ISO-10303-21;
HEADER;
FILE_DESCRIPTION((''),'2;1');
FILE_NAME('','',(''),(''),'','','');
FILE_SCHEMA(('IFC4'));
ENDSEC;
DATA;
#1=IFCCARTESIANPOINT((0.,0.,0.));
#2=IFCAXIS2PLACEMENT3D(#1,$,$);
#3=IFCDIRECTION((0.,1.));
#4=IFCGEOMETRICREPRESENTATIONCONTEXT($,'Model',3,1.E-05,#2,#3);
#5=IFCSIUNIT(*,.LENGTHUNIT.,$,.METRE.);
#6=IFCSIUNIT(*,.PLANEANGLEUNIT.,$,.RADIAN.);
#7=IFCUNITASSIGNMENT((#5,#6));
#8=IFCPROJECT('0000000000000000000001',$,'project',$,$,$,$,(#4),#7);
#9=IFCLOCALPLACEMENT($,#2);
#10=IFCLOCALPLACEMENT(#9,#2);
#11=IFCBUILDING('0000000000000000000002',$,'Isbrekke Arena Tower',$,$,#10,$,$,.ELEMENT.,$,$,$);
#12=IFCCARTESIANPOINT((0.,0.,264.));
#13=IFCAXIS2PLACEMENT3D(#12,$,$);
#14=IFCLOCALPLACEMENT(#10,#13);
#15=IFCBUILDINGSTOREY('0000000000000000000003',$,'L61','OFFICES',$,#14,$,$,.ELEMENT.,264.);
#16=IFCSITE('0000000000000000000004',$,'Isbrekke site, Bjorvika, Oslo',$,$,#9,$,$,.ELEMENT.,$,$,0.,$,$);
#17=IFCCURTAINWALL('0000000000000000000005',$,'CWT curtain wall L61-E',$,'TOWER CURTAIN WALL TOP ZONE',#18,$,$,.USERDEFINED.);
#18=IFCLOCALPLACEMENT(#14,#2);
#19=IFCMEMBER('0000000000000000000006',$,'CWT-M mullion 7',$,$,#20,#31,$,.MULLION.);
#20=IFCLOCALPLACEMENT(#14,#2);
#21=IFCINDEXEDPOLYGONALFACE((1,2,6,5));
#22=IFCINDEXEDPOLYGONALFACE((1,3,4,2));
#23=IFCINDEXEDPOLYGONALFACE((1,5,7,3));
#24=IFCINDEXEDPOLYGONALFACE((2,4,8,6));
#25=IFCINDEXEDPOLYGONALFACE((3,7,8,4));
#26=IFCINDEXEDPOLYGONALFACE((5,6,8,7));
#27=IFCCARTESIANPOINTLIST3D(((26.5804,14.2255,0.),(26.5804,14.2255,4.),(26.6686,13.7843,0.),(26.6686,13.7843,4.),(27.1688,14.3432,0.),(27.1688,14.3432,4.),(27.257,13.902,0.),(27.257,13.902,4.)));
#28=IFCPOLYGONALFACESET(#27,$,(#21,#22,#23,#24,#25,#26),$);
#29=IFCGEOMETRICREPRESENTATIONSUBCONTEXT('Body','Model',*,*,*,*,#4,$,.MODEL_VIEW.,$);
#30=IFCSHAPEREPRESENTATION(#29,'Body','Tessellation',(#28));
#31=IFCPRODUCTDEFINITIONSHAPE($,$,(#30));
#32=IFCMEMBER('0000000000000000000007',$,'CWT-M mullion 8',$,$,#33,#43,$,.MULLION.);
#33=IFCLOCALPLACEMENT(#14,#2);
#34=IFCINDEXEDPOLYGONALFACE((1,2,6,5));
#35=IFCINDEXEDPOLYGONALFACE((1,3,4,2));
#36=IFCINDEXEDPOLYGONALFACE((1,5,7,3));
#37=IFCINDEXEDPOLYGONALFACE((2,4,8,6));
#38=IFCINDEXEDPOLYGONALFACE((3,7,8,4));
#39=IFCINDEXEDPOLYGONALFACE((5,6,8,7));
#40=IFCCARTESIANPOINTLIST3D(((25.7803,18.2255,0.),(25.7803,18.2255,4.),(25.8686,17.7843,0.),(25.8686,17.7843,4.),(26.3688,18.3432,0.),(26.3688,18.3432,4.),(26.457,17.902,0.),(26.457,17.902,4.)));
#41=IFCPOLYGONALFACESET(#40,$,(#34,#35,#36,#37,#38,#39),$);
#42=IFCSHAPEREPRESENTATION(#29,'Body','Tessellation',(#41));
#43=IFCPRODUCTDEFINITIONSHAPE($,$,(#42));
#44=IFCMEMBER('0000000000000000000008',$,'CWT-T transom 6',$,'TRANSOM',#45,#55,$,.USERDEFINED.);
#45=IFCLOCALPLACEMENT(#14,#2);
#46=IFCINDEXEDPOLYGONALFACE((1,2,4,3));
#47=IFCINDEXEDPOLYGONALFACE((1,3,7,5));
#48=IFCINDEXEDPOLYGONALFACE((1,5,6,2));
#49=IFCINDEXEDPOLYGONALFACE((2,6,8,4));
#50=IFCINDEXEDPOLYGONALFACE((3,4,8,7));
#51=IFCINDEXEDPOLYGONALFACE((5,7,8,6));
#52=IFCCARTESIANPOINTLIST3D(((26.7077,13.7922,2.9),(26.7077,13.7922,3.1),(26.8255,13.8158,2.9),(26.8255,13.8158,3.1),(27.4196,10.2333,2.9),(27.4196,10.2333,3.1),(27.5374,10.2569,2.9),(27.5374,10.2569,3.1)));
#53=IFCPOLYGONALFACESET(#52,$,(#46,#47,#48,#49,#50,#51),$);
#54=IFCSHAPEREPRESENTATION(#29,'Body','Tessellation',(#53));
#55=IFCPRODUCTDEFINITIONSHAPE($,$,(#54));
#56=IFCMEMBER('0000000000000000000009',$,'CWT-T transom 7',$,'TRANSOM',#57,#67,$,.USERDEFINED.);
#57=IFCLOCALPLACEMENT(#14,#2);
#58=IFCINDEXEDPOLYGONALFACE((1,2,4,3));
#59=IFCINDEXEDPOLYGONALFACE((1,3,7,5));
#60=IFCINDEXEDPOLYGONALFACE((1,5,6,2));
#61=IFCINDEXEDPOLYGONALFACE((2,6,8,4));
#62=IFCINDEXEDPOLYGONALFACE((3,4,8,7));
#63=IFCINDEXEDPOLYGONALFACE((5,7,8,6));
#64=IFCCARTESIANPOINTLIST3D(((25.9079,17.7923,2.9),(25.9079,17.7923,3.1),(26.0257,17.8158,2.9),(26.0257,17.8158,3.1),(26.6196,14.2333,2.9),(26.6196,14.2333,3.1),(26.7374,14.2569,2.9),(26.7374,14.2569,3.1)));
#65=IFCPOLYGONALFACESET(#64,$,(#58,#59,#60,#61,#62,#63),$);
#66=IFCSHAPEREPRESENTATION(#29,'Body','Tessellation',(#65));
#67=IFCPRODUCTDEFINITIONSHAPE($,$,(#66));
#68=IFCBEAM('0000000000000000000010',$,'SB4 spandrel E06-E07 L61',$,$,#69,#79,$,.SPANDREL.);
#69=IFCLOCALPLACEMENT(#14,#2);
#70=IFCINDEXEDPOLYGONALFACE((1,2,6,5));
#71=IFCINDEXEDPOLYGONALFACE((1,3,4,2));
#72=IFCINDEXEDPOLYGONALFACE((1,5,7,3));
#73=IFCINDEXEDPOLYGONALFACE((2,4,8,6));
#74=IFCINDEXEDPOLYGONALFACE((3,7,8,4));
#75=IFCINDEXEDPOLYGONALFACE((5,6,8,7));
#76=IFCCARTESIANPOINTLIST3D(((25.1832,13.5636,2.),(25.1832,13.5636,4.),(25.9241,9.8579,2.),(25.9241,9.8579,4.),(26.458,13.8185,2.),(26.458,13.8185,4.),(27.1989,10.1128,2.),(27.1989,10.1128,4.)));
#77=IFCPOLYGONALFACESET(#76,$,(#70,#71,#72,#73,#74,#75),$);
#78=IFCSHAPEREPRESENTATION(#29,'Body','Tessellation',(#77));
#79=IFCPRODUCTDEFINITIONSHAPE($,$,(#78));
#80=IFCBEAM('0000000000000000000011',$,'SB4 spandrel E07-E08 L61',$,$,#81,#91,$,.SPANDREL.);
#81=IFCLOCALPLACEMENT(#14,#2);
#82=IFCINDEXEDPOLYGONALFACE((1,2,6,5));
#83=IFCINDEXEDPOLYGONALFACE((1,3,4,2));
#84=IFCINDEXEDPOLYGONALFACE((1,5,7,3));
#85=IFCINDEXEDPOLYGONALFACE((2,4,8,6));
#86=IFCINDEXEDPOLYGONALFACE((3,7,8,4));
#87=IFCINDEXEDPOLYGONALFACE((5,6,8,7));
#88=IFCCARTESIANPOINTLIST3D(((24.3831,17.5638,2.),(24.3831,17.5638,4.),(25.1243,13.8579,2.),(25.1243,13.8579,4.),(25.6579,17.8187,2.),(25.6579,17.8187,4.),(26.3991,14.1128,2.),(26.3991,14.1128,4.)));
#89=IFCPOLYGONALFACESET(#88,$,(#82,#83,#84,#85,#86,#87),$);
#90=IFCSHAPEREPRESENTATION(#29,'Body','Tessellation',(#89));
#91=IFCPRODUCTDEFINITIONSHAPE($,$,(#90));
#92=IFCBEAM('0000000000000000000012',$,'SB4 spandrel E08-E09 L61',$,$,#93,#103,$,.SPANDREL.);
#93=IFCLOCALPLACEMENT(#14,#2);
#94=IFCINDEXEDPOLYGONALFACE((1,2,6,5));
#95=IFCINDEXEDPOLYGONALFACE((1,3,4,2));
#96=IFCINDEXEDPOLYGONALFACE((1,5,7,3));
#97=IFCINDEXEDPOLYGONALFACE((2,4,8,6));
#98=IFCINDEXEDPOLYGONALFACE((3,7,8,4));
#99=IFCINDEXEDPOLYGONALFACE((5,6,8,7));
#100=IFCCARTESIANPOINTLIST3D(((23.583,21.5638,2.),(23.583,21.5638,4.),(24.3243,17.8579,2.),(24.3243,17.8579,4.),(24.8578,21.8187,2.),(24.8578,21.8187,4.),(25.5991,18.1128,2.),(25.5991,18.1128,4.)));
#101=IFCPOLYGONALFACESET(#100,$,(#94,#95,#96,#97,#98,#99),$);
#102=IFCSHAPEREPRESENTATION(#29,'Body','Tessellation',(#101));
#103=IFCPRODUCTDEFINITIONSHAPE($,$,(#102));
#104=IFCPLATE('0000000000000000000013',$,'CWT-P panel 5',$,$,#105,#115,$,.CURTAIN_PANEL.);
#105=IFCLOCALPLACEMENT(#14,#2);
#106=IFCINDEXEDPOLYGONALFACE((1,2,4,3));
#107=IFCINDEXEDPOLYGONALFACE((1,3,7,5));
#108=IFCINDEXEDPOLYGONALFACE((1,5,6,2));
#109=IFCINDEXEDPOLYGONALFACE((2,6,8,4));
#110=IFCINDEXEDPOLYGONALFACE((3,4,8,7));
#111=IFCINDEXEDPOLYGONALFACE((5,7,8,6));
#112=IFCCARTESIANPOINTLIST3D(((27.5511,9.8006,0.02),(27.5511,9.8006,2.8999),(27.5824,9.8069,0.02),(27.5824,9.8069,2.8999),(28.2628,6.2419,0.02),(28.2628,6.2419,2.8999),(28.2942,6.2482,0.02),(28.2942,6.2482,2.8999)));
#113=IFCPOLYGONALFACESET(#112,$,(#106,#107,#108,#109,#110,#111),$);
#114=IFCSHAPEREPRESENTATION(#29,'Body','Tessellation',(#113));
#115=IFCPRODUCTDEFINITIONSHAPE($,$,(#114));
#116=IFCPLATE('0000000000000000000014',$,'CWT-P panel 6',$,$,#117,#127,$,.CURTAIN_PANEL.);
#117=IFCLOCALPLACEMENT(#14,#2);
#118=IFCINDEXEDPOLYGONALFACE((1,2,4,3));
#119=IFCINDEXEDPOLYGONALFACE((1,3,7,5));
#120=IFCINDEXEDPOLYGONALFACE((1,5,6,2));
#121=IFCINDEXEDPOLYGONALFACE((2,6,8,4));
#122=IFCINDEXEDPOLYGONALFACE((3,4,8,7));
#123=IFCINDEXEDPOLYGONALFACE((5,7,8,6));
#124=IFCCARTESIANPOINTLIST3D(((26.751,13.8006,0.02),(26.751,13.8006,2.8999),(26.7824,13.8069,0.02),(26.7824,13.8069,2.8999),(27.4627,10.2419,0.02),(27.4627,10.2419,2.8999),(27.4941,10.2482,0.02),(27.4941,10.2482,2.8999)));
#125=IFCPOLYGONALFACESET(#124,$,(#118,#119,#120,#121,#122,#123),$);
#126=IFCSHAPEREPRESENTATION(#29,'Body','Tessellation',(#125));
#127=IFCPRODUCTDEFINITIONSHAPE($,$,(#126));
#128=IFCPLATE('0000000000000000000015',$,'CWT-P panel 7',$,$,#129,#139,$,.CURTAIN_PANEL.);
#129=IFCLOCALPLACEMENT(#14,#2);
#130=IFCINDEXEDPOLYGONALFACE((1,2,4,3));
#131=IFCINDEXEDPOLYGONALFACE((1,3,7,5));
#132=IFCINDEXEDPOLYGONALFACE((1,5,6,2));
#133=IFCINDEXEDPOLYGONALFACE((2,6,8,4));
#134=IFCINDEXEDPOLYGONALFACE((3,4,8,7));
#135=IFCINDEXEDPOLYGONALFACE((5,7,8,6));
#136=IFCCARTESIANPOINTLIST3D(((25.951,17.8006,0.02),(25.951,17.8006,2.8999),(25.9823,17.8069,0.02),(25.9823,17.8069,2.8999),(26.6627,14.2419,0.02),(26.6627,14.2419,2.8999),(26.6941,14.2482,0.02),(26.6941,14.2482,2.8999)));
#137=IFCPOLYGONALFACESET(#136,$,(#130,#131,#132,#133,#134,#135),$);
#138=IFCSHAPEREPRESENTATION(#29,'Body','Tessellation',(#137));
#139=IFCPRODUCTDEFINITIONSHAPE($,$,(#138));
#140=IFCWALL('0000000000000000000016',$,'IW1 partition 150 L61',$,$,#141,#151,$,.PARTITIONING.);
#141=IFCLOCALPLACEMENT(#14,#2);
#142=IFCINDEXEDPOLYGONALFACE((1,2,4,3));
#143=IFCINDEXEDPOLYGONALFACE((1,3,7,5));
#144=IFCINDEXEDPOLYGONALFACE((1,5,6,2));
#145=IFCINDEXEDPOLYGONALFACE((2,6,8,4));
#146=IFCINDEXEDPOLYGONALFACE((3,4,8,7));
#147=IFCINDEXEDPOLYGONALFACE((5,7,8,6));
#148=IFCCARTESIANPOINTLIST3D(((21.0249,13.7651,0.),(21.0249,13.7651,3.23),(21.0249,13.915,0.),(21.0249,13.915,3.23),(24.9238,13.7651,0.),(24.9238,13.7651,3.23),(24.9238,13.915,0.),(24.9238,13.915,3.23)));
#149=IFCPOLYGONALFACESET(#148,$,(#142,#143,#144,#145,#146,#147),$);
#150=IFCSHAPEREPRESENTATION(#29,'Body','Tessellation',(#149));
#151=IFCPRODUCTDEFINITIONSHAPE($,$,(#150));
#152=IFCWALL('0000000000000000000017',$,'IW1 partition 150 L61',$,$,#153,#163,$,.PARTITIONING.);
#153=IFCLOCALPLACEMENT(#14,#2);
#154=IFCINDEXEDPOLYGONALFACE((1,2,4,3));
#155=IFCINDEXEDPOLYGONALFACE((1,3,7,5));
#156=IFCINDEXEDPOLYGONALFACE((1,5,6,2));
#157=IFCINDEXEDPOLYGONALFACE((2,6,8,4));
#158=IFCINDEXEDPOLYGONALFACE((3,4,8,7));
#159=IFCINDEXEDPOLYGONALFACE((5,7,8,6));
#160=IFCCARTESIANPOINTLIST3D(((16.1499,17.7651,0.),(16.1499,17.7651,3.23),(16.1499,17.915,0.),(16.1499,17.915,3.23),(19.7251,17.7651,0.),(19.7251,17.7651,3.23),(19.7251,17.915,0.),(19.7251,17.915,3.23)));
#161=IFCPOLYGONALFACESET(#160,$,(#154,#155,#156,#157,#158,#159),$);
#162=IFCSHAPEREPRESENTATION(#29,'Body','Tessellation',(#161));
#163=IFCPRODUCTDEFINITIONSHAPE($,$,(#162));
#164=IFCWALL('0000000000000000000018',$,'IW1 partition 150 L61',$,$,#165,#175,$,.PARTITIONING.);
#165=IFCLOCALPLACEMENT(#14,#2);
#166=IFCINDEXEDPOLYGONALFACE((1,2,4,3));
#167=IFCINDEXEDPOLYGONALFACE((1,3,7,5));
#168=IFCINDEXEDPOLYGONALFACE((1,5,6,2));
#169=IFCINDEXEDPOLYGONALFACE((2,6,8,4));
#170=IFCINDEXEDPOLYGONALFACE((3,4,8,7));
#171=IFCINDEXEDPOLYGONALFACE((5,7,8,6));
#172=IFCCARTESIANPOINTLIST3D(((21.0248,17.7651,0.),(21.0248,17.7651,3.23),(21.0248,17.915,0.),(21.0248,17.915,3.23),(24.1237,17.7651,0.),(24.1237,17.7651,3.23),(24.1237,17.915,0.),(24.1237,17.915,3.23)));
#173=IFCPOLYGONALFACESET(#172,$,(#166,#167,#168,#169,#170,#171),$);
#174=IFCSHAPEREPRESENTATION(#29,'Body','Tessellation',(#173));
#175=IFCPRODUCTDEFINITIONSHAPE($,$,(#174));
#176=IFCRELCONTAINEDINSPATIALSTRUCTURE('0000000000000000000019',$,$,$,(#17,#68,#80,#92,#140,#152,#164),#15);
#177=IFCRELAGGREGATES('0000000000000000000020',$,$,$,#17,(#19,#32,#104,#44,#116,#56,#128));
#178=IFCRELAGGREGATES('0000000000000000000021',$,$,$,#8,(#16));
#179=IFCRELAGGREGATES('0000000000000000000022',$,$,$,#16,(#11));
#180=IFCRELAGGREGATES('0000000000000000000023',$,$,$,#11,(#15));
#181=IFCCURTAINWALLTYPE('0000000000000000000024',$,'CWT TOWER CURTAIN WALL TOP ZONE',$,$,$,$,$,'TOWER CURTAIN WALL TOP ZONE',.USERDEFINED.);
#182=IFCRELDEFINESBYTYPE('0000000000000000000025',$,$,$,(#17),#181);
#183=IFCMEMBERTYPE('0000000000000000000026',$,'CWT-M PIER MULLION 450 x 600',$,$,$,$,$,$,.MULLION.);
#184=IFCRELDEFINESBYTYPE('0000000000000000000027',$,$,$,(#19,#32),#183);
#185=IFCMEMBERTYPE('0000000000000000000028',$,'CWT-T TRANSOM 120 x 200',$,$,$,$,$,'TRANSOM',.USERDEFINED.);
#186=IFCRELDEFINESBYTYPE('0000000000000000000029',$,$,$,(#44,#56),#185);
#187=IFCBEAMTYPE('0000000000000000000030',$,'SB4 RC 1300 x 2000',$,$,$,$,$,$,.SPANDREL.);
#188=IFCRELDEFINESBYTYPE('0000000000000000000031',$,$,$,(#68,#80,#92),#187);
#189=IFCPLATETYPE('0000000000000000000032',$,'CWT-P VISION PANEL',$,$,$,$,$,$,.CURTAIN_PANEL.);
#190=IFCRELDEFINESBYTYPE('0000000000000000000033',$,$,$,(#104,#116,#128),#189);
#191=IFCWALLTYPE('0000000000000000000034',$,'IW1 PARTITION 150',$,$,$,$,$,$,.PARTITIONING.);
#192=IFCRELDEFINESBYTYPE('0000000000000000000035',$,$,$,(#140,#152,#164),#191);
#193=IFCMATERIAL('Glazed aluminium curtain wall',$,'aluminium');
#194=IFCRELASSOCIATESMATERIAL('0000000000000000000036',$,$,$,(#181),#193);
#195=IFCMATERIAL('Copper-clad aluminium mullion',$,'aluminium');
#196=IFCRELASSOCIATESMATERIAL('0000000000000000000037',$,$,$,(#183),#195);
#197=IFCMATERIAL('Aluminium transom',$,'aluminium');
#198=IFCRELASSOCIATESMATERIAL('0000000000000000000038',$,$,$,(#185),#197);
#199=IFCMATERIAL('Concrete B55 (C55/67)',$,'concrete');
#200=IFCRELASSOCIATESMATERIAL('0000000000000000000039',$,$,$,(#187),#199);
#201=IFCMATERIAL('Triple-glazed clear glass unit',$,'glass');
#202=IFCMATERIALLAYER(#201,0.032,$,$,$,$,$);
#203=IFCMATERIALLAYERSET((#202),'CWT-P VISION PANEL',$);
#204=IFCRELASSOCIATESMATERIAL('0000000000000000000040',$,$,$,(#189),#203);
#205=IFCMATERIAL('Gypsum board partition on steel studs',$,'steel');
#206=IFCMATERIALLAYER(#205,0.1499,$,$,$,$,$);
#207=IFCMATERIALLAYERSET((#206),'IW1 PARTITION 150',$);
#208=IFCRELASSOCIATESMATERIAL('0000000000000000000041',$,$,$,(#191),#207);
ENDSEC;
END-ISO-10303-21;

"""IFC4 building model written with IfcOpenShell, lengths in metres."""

from ifc_helpers import new_model, si_unit, direction, frame, frame_2d, origin, origin_2d, place, context, subcontext, project, spatial, rectangle, extrude, material, layer, layer_set, material_profile, profile_set, type_object, element, aggregate, save


model = new_model("IFC4")

# Units and contexts
model_context = context("Model", 3, precision=1e-05, world=origin(), true_north=direction((0.0, 1.0)))
body_context = subcontext(model_context, "Body", "Model", "MODEL_VIEW")
ifc_project = project(units=[si_unit("LENGTHUNIT", "METRE"), si_unit("PLANEANGLEUNIT", "RADIAN")], contexts=[model_context])

# Site, building, storey
site_placement = place(None, origin())
site = spatial("IfcSite", under=ifc_project, at=site_placement, Name="Isbrekke site, Bjorvika, Oslo", CompositionType="ELEMENT", RefElevation=0.0)
building_placement = place(site_placement, origin())
building = spatial("IfcBuilding", under=site, at=building_placement, Name="Isbrekke Arena Tower", CompositionType="ELEMENT")
storey_placement = place(building_placement, frame((0.0, 0.0, 264.0)))
storey = spatial("IfcBuildingStorey", under=building, at=storey_placement, Name="L61", Description="OFFICES", CompositionType="ELEMENT", Elevation=264.0)

# Curtain wall, members
ifc_material_1 = material(Name="Glazed aluminium curtain wall", Category="aluminium")
curtain_wall_type = type_object("IfcCurtainWallType", Name="CWT TOWER CURTAIN WALL TOP ZONE", ElementType="TOWER CURTAIN WALL TOP ZONE", PredefinedType="USERDEFINED", material=ifc_material_1)
curtain_wall_placement = place(storey_placement, origin())
curtain_wall = element("IfcCurtainWall", 1, at=curtain_wall_placement, inside=storey, type_object=curtain_wall_type, Name="CWT curtain wall L61-E", ObjectType="TOWER CURTAIN WALL TOP ZONE", PredefinedType="USERDEFINED")
ifc_material_2 = material(Name="Copper-clad aluminium mullion", Category="aluminium")
ifc_material_profile_1 = material_profile(ifc_material_2, rectangle(XDim=0.45, YDim=0.6001, at=origin_2d()), Name="PIER 450X600")
ifc_profile_set_1 = profile_set([ifc_material_profile_1], Name="Copper-clad aluminium mullion")
member_type_1 = type_object("IfcMemberType", Name="CWT-M PIER MULLION 450 x 600", PredefinedType="MULLION", material=ifc_profile_set_1)
member_1_placement = place(storey_placement, frame((26.9187, 14.0637, 0.0), z_axis=(0.0, 0.0, 1.0), x_axis=(-0.196116, 0.980581, 0.0)))
member_1 = element("IfcMember", 2, at=member_1_placement, type_object=member_type_1, Name="CWT-M mullion 7", PredefinedType="MULLION", context=body_context, shape_type="SweptSolid", body=[
    extrude(rectangle(XDim=0.45, YDim=0.6001, at=origin_2d()), origin(), (0.0, 0.0, 1.0), 4.0),
])
member_2_placement = place(storey_placement, frame((26.1187, 18.0637, 0.0), z_axis=(0.0, 0.0, 1.0), x_axis=(-0.196116, 0.980581, 0.0)))
member_2 = element("IfcMember", 3, at=member_2_placement, type_object=member_type_1, Name="CWT-M mullion 8", PredefinedType="MULLION", context=body_context, shape_type="SweptSolid", body=[
    extrude(rectangle(XDim=0.45, YDim=0.6001, at=origin_2d()), origin(), (0.0, 0.0, 1.0), 4.0),
])
ifc_material_3 = material(Name="Aluminium transom", Category="aluminium")
ifc_material_profile_2 = material_profile(ifc_material_3, rectangle(XDim=0.1201, YDim=0.2, at=origin_2d()), Name="TRANSOM 120X200")
ifc_profile_set_2 = profile_set([ifc_material_profile_2], Name="Aluminium transom")
member_type_2 = type_object("IfcMemberType", Name="CWT-T TRANSOM 120 x 200", ElementType="TRANSOM", PredefinedType="USERDEFINED", material=ifc_profile_set_2)
member_3_placement = place(storey_placement, frame((27.4785, 10.2451, 3.0), z_axis=(-0.196155, 0.980573, 0.0), x_axis=(-0.980573, -0.196155, 0.0)))
member_3 = element("IfcMember", 4, at=member_3_placement, type_object=member_type_2, Name="CWT-T transom 6", ObjectType="TRANSOM", PredefinedType="USERDEFINED", context=body_context, shape_type="SweptSolid", body=[
    extrude(rectangle(XDim=0.1201, YDim=0.2, at=origin_2d()), origin(), (0.0, 0.0, 1.0), 3.6294),
])
member_4_placement = place(storey_placement, frame((26.6785, 14.2451, 3.0), z_axis=(-0.19609, 0.980586, 0.0), x_axis=(-0.980586, -0.19609, 0.0)))
member_4 = element("IfcMember", 5, at=member_4_placement, type_object=member_type_2, Name="CWT-T transom 7", ObjectType="TRANSOM", PredefinedType="USERDEFINED", context=body_context, shape_type="SweptSolid", body=[
    extrude(rectangle(XDim=0.1201, YDim=0.2, at=origin_2d()), origin(), (0.0, 0.0, 1.0), 3.6294),
])

# Beams
ifc_material_4 = material(Name="Concrete B55 (C55/67)", Category="concrete")
ifc_material_profile_3 = material_profile(ifc_material_4, rectangle(XDim=1.3, YDim=2.0, at=origin_2d()), Name="RC 1300x2000")
ifc_profile_set_3 = profile_set([ifc_material_profile_3], Name="Concrete B55 (C55/67)")
beam_type_1 = type_object("IfcBeamType", Name="SB4 RC 1300 x 2000", PredefinedType="SPANDREL", material=ifc_profile_set_3)
beam_1_placement = place(storey_placement, frame((26.5615, 9.9854, 3.0), z_axis=(-0.196066, 0.980591, 0.0), x_axis=(-0.980591, -0.196066, 0.0)))
element("IfcBeam", 6, at=beam_1_placement, inside=storey, type_object=beam_type_1, Name="SB4 spandrel E06-E07 L61", PredefinedType="SPANDREL", context=body_context, shape_type="SweptSolid", body=[
    extrude(rectangle(XDim=1.3, YDim=2.0, at=origin_2d()), origin(), (0.0, 0.0, 1.0), 3.7791),
])
for number, where, z_axis, x_axis, name in (
    (7, (25.7617, 13.9854, 3.0), (-0.196129, 0.980578, 0.0), (-0.980578, -0.196129, 0.0), "SB4 spandrel E07-E08 L61"),
    (8, (24.9617, 17.9854, 3.0), (-0.196129, 0.980578, 0.0), (-0.980578, -0.196129, 0.0), "SB4 spandrel E08-E09 L61"),
):
    element("IfcBeam", number, at=place(storey_placement, frame(where, z_axis=z_axis, x_axis=x_axis)), inside=storey, type_object=beam_type_1, Name=name, PredefinedType="SPANDREL", context=body_context, shape_type="SweptSolid", body=[
        extrude(rectangle(XDim=1.3, YDim=2.0, at=origin_2d()), origin(), (0.0, 0.0, 1.0), 3.7793),
    ])

# Plates
ifc_material_5 = material(Name="Triple-glazed clear glass unit", Category="glass")
ifc_layer_1 = layer(ifc_material_5, 0.032)
ifc_layer_set_1 = layer_set([ifc_layer_1], Name="CWT-P VISION PANEL")
plate_type = type_object("IfcPlateType", Name="CWT-P VISION PANEL", PredefinedType="CURTAIN_PANEL", material=ifc_layer_set_1)
plate_1_placement = place(storey_placement, frame((27.9226, 8.0244, 0.02), z_axis=(0.0, 0.0, 1.0), x_axis=(-0.196116, 0.980581, 0.0)))
plate_1 = element("IfcPlate", 9, at=plate_1_placement, type_object=plate_type, Name="CWT-P panel 5", PredefinedType="CURTAIN_PANEL", context=body_context, shape_type="SweptSolid", body=[
    extrude(rectangle(XDim=3.6292, YDim=0.032, at=origin_2d()), origin(), (0.0, 0.0, 1.0), 2.8799),
])
plate_2_placement = place(storey_placement, frame((27.1226, 12.0244, 0.02), z_axis=(0.0, 0.0, 1.0), x_axis=(-0.196116, 0.980581, 0.0)))
plate_2 = element("IfcPlate", 10, at=plate_2_placement, type_object=plate_type, Name="CWT-P panel 6", PredefinedType="CURTAIN_PANEL", context=body_context, shape_type="SweptSolid", body=[
    extrude(rectangle(XDim=3.6292, YDim=0.032, at=origin_2d()), origin(), (0.0, 0.0, 1.0), 2.8799),
])
plate_3_placement = place(storey_placement, frame((26.3225, 16.0244, 0.02), z_axis=(0.0, 0.0, 1.0), x_axis=(-0.196116, 0.980581, 0.0)))
plate_3 = element("IfcPlate", 11, at=plate_3_placement, type_object=plate_type, Name="CWT-P panel 7", PredefinedType="CURTAIN_PANEL", context=body_context, shape_type="SweptSolid", body=[
    extrude(rectangle(XDim=3.6292, YDim=0.032, at=origin_2d()), origin(), (0.0, 0.0, 1.0), 2.8799),
])
aggregate(curtain_wall, [member_1, member_2, plate_1, member_3, plate_2, member_4, plate_3])

# Walls
ifc_material_6 = material(Name="Gypsum board partition on steel studs", Category="steel")
ifc_layer_2 = layer(ifc_material_6, 0.1499)
ifc_layer_set_2 = layer_set([ifc_layer_2], Name="IW1 PARTITION 150")
wall_type_1 = type_object("IfcWallType", Name="IW1 PARTITION 150", PredefinedType="PARTITIONING", material=ifc_layer_set_2)
wall_1_placement = place(storey_placement, frame((21.0249, 13.8401, 0.0), z_axis=(0.0, 0.0, 1.0), x_axis=(1.0, 0.0, 0.0)))
element("IfcWall", 12, at=wall_1_placement, inside=storey, type_object=wall_type_1, Name="IW1 partition 150 L61", PredefinedType="PARTITIONING", context=body_context, shape_type="SweptSolid", body=[
    extrude(rectangle(XDim=3.8989, YDim=0.1499, at=frame_2d((1.9495, 0.0))), origin(), (0.0, 0.0, 1.0), 3.23),
])
wall_2_placement = place(storey_placement, frame((16.1499, 17.8401, 0.0), z_axis=(0.0, 0.0, 1.0), x_axis=(1.0, 0.0, 0.0)))
element("IfcWall", 13, at=wall_2_placement, inside=storey, type_object=wall_type_1, Name="IW1 partition 150 L61", PredefinedType="PARTITIONING", context=body_context, shape_type="SweptSolid", body=[
    extrude(rectangle(XDim=3.5752, YDim=0.1499, at=frame_2d((1.7876, 0.0))), origin(), (0.0, 0.0, 1.0), 3.23),
])
wall_3_placement = place(storey_placement, frame((21.0249, 17.8401, 0.0), z_axis=(0.0, 0.0, 1.0), x_axis=(1.0, 0.0, 0.0)))
element("IfcWall", 14, at=wall_3_placement, inside=storey, type_object=wall_type_1, Name="IW1 partition 150 L61", PredefinedType="PARTITIONING", context=body_context, shape_type="SweptSolid", body=[
    extrude(rectangle(XDim=3.0989, YDim=0.1499, at=frame_2d((1.5493, 0.0))), origin(), (0.0, 0.0, 1.0), 3.23),
])

save(model, "model.ifc")
